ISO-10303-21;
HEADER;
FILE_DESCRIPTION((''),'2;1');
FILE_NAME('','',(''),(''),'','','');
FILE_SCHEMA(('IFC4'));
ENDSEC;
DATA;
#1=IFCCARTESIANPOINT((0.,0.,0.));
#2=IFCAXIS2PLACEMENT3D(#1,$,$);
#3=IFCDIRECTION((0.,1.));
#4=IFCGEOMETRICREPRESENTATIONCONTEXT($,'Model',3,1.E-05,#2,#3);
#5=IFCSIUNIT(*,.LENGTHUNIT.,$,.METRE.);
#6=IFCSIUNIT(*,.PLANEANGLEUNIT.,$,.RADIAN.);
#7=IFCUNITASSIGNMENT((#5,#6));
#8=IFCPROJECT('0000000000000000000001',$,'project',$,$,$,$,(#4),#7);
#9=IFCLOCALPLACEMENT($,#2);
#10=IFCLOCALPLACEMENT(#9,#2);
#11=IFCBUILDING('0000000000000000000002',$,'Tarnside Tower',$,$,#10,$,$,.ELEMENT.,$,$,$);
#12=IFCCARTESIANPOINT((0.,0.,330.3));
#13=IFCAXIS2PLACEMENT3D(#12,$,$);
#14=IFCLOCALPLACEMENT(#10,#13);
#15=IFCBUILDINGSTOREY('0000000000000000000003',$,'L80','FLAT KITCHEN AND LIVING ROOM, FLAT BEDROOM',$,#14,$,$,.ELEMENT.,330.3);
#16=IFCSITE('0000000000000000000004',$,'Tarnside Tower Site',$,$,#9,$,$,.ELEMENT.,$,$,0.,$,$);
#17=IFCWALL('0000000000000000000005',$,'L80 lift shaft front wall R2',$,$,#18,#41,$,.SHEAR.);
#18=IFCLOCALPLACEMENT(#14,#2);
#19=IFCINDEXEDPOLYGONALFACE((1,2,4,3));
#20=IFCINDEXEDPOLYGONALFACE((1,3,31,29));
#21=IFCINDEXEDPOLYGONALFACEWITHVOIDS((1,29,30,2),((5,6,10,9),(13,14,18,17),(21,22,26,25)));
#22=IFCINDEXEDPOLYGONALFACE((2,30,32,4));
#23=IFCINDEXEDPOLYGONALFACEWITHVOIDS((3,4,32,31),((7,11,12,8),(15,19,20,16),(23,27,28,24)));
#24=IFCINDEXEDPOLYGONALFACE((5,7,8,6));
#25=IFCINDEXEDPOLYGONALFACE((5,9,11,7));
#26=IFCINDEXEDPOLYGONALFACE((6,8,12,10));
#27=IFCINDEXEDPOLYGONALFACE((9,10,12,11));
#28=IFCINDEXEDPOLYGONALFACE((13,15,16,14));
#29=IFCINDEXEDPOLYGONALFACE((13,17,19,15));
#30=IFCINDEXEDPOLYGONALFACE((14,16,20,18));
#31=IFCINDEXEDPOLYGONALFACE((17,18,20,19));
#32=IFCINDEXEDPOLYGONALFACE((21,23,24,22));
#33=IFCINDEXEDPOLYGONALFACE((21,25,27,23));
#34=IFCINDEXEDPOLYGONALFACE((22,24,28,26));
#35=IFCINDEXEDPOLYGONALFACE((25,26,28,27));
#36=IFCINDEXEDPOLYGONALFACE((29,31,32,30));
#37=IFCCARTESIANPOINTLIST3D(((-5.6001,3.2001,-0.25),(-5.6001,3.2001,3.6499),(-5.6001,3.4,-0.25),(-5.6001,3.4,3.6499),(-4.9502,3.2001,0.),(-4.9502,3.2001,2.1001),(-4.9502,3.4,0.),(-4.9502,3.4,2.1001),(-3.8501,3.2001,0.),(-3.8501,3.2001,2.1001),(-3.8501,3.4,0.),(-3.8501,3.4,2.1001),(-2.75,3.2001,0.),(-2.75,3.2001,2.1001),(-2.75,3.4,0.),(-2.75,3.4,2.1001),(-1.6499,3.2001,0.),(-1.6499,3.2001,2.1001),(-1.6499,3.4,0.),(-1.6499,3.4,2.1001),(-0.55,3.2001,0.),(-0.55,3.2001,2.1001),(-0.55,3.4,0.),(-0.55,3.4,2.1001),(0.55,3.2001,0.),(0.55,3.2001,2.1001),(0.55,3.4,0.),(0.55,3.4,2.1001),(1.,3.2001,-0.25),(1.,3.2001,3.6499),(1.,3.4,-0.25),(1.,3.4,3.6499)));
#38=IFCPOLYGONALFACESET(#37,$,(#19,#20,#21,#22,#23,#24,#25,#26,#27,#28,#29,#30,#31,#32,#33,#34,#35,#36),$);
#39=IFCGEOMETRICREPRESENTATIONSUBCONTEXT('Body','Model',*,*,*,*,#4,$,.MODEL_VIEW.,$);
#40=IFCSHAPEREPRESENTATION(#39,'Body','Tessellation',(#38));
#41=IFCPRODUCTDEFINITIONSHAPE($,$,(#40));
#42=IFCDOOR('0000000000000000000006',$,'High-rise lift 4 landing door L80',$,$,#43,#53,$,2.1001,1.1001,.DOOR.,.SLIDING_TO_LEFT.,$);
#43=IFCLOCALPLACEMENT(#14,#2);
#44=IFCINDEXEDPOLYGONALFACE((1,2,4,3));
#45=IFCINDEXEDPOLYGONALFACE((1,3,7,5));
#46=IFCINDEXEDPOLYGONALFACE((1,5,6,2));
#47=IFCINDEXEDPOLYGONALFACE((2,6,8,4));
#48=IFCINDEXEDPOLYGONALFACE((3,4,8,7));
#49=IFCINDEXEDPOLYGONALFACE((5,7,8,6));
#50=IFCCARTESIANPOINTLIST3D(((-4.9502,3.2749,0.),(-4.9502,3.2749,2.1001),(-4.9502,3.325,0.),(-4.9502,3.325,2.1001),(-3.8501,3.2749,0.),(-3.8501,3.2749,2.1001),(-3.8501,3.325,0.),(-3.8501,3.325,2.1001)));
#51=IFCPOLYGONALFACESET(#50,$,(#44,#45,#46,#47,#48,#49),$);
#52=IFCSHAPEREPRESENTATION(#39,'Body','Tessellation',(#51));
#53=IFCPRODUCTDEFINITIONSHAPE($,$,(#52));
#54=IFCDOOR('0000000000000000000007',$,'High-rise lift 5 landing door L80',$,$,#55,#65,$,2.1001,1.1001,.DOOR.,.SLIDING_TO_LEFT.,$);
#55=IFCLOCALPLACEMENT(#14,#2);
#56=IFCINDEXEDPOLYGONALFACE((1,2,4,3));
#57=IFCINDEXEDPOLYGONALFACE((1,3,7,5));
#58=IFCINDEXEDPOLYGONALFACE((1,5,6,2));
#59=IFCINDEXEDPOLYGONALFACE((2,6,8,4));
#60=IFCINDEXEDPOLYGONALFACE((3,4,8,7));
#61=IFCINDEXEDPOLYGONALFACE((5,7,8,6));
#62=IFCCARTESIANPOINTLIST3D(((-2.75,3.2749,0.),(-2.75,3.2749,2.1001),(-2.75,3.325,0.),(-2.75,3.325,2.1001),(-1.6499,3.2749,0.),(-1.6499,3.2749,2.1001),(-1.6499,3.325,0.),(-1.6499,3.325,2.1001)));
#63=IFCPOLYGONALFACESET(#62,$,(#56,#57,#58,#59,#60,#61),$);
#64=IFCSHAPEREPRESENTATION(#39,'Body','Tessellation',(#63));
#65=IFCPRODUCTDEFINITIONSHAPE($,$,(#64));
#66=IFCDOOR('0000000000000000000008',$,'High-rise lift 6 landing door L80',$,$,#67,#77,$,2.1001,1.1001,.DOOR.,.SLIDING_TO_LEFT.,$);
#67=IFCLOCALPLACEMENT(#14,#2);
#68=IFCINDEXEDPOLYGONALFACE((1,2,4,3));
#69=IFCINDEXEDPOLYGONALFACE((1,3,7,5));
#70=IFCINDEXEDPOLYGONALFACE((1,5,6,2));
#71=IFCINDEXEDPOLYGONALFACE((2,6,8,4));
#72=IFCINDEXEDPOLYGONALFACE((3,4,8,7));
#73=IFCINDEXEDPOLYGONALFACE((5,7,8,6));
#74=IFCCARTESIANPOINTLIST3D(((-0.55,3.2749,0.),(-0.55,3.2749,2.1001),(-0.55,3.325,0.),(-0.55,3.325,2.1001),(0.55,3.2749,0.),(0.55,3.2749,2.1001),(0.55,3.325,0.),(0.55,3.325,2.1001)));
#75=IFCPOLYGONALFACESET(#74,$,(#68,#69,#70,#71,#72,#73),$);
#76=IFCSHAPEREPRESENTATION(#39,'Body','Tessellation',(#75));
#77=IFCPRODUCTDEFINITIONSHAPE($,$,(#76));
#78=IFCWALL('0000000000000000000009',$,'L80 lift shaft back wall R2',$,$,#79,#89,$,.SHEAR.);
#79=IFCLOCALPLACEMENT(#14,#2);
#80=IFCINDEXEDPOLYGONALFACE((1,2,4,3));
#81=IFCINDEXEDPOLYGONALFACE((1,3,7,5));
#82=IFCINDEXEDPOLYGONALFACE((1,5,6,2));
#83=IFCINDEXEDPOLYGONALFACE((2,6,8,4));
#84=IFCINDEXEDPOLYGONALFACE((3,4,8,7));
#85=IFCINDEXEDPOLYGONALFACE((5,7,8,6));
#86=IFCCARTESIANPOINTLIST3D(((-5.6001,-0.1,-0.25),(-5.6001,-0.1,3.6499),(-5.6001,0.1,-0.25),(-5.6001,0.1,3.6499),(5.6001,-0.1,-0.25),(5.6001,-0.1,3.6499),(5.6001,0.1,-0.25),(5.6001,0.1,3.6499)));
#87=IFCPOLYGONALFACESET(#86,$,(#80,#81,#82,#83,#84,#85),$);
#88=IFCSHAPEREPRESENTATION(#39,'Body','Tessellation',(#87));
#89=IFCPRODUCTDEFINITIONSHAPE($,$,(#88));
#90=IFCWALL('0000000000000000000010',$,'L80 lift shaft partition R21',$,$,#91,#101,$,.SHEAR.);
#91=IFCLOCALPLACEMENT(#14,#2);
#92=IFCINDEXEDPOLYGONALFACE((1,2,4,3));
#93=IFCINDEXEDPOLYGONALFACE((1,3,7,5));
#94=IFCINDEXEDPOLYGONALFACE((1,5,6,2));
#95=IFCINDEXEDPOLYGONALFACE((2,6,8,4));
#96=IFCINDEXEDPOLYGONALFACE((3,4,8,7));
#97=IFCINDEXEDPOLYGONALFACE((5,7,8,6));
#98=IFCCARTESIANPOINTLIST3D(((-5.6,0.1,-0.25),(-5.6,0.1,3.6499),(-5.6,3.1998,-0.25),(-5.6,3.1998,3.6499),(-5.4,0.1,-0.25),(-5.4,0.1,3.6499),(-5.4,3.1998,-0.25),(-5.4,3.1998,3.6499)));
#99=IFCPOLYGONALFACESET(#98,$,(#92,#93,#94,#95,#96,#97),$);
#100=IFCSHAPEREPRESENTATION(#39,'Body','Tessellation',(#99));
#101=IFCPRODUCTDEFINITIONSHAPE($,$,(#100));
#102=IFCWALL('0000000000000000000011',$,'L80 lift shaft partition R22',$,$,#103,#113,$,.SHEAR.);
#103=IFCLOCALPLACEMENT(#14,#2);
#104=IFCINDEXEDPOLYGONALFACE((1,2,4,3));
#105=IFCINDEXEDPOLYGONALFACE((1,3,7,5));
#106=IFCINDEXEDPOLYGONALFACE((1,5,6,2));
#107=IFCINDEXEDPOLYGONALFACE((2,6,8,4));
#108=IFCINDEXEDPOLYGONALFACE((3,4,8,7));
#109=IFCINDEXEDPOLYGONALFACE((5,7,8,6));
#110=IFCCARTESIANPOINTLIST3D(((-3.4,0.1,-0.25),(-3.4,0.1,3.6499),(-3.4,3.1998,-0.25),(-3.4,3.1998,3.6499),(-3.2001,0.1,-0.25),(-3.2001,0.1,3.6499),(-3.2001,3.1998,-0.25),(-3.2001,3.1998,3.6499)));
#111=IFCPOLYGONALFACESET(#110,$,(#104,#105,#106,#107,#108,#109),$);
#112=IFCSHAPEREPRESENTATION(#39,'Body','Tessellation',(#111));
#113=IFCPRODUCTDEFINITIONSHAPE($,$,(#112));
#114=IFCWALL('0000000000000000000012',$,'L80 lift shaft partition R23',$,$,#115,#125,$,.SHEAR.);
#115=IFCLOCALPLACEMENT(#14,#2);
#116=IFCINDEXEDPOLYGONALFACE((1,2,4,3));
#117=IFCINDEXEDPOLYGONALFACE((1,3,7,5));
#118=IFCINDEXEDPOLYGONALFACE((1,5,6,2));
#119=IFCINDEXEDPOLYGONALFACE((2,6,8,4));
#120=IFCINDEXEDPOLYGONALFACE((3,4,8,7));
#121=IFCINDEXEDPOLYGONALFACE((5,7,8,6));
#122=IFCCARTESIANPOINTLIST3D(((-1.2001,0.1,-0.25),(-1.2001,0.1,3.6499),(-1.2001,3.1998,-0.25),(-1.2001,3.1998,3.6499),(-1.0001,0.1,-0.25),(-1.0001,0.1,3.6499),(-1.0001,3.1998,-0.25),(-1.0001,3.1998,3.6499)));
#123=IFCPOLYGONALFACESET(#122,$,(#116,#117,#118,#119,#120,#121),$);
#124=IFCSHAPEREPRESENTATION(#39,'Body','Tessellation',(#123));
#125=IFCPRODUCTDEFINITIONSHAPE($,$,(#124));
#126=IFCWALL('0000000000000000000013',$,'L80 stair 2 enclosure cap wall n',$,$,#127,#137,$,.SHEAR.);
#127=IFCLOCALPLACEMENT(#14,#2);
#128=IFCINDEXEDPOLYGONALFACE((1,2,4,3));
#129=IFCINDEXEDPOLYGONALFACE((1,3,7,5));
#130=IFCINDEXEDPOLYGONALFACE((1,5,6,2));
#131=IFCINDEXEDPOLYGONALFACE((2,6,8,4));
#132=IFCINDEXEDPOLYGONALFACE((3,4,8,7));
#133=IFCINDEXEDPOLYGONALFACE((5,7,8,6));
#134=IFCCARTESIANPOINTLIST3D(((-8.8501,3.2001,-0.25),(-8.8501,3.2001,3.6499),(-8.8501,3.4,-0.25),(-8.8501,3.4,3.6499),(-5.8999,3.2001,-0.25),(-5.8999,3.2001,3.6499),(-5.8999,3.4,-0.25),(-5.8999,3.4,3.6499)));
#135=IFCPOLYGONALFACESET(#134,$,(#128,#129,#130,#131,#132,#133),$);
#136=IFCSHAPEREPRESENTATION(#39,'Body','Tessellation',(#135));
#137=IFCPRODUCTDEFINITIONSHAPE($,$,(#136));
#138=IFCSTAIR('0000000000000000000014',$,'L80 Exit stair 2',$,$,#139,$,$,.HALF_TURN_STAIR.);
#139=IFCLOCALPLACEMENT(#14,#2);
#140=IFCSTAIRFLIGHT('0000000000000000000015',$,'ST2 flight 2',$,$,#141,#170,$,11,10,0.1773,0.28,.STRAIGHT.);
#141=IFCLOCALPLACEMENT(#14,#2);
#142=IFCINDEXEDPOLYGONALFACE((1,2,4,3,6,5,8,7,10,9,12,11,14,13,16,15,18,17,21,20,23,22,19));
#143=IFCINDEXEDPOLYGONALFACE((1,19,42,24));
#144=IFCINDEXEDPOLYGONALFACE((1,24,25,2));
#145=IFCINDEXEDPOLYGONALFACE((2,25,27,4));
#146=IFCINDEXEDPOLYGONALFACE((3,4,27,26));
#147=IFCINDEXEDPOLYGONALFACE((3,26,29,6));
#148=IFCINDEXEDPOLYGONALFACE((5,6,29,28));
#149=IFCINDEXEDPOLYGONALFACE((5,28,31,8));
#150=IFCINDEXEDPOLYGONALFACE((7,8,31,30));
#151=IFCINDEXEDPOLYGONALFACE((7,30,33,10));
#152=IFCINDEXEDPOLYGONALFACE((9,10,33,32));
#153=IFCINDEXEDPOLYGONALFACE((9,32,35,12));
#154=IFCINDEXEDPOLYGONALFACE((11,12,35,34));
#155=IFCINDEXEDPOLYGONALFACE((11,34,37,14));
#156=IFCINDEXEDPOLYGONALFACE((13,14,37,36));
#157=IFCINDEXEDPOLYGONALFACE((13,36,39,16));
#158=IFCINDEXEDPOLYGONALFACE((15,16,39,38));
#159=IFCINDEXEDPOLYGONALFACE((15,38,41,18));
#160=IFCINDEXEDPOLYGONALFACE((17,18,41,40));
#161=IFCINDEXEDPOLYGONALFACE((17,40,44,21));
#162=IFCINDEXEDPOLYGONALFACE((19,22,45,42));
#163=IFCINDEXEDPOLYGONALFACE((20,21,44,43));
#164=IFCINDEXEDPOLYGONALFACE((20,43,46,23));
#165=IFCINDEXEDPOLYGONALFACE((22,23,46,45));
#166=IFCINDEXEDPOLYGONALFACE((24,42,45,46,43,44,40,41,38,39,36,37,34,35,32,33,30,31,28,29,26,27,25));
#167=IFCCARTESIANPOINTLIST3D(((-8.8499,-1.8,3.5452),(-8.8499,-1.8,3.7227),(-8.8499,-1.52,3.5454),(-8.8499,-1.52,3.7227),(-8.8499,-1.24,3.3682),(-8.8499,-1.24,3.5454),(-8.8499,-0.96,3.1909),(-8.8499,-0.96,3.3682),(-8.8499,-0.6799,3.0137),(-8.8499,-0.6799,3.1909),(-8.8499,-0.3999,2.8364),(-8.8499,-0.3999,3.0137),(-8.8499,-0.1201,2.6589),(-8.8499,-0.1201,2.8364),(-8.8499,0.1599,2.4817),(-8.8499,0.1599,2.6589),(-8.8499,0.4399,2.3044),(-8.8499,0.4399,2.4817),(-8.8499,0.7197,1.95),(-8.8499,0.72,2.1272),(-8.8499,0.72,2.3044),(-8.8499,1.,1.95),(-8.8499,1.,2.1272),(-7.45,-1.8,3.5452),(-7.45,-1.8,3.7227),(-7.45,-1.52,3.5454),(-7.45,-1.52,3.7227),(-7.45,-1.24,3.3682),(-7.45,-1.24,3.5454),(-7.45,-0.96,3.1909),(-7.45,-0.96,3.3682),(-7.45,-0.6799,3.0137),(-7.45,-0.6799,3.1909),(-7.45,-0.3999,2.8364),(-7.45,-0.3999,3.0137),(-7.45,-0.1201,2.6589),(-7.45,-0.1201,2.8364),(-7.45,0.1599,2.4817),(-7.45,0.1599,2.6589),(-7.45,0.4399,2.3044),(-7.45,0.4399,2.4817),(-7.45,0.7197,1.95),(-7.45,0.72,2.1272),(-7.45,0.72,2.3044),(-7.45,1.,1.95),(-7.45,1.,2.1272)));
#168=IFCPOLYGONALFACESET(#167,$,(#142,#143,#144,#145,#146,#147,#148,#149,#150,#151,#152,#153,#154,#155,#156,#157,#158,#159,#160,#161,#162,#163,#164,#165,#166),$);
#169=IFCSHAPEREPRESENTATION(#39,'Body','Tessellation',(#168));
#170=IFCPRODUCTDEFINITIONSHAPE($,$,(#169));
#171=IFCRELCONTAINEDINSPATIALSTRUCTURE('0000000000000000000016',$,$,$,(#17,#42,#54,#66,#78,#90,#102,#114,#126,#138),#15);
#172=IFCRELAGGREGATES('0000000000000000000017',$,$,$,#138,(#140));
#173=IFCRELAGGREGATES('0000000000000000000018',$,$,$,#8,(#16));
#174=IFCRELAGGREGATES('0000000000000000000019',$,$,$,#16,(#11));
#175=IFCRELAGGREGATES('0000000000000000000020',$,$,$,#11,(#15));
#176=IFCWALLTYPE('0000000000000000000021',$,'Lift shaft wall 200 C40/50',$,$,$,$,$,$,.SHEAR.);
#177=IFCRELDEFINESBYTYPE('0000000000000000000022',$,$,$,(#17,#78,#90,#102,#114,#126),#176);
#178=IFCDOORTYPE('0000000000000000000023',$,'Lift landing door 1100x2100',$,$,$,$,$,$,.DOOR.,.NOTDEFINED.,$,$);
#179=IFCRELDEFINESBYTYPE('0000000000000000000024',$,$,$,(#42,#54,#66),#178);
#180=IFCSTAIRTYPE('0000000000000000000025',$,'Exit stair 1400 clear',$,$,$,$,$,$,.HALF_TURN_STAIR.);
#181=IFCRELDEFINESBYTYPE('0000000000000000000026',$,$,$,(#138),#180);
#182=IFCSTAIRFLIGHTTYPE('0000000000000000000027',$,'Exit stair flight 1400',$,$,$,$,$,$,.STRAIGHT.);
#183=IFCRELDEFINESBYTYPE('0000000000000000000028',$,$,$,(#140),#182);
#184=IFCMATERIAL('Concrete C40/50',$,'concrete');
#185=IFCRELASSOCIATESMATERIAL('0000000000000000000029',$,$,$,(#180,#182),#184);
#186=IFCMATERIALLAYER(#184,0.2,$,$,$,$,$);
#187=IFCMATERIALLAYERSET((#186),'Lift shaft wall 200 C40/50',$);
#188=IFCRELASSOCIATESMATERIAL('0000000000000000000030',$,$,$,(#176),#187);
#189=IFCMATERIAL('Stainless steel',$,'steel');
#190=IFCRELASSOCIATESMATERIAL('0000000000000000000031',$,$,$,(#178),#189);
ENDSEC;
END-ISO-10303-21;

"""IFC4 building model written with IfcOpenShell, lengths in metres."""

from ifc_helpers import new_model, si_unit, direction, frame, frame_2d, origin, place, context, subcontext, project, spatial, polyline, rectangle, outline, extrude, material, layer, layer_set, type_object, element, fill, aggregate, save


model = new_model("IFC4")

# Units and contexts
model_context = context("Model", 3, precision=1e-05, world=origin(), true_north=direction((0.0, 1.0)))
body_context = subcontext(model_context, "Body", "Model", "MODEL_VIEW")
ifc_project = project(units=[si_unit("LENGTHUNIT", "METRE"), si_unit("PLANEANGLEUNIT", "RADIAN")], contexts=[model_context])

# Site, building, storey
site_placement = place(None, origin())
site = spatial("IfcSite", under=ifc_project, at=site_placement, Name="Tarnside Tower Site", CompositionType="ELEMENT", RefElevation=0.0)
building_placement = place(site_placement, origin())
building = spatial("IfcBuilding", under=site, at=building_placement, Name="Tarnside Tower", CompositionType="ELEMENT")
storey_placement = place(building_placement, frame((0.0, 0.0, 330.3)))
storey = spatial("IfcBuildingStorey", under=building, at=storey_placement, Name="L80", Description="FLAT KITCHEN AND LIVING ROOM, FLAT BEDROOM", CompositionType="ELEMENT", Elevation=330.3)

# Shared definitions
ifc_material_1 = material(Name="Concrete C40/50", Category="concrete")
stair_type = type_object("IfcStairType", Name="Exit stair 1400 clear", PredefinedType="HALF_TURN_STAIR", material=ifc_material_1)

# Shared definitions
ifc_layer_1 = layer(ifc_material_1, 0.2)
ifc_layer_set_1 = layer_set([ifc_layer_1], Name="Lift shaft wall 200 C40/50")
wall_type_1 = type_object("IfcWallType", Name="Lift shaft wall 200 C40/50", PredefinedType="SHEAR", material=ifc_layer_set_1)
ifc_material_2 = material(Name="Stainless steel", Category="steel")
door_type_1 = type_object("IfcDoorType", Name="Lift landing door 1100x2100", OperationType="NOTDEFINED", PredefinedType="DOOR", material=ifc_material_2)

# Wall, openings, doors
wall_1_placement = place(storey_placement, frame((-5.6001, 3.3, -0.25), z_axis=(0.0, 0.0, 1.0), x_axis=(1.0, 0.0, 0.0)))
wall_1 = element("IfcWall", 1, at=wall_1_placement, inside=storey, type_object=wall_type_1, Name="L80 lift shaft front wall R2", PredefinedType="SHEAR", context=body_context, shape_type="SweptSolid", body=[
    extrude(rectangle(XDim=6.6001, YDim=0.2, at=frame_2d((3.3, 0.0))), origin(), (0.0, 0.0, 1.0), 3.8999),
])
opening_1_placement = place(wall_1_placement, frame((0.6499, 0.0, 0.25)))
opening_1 = element("IfcOpeningElement", 2, at=opening_1_placement, cuts=wall_1, PredefinedType="OPENING", context=body_context, shape_type="SweptSolid", body=[
    extrude(rectangle(XDim=1.1001, YDim=2.1001, at=frame_2d((0.55, 1.05))), frame((0.0, 0.1099, 0.0), z_axis=(0.0, -1.0, 0.0), x_axis=(1.0, 0.0, 0.0)), (0.0, 0.0, 1.0), 0.22),
])
opening_2_placement = place(wall_1_placement, frame((2.8501, 0.0, 0.25)))
opening_2 = element("IfcOpeningElement", 3, at=opening_2_placement, cuts=wall_1, PredefinedType="OPENING", context=body_context, shape_type="SweptSolid", body=[
    extrude(rectangle(XDim=1.1001, YDim=2.1001, at=frame_2d((0.55, 1.05))), frame((0.0, 0.1099, 0.0), z_axis=(0.0, -1.0, 0.0), x_axis=(1.0, 0.0, 0.0)), (0.0, 0.0, 1.0), 0.22),
])
opening_3_placement = place(wall_1_placement, frame((5.05, 0.0, 0.25)))
opening_3 = element("IfcOpeningElement", 4, at=opening_3_placement, cuts=wall_1, PredefinedType="OPENING", context=body_context, shape_type="SweptSolid", body=[
    extrude(rectangle(XDim=1.1001, YDim=2.1001, at=frame_2d((0.55, 1.05))), frame((0.0, 0.1099, 0.0), z_axis=(0.0, -1.0, 0.0), x_axis=(1.0, 0.0, 0.0)), (0.0, 0.0, 1.0), 0.22),
])
door_1_placement = place(opening_1_placement, origin())
door_1 = element("IfcDoor", 5, at=door_1_placement, inside=storey, type_object=door_type_1, Name="High-rise lift 4 landing door L80", OperationType="SLIDING_TO_LEFT", OverallHeight=2.1001, OverallWidth=1.1001, PredefinedType="DOOR", context=body_context, shape_type="SweptSolid", body=[
    extrude(rectangle(XDim=1.1001, YDim=2.1001, at=frame_2d((0.55, 1.05))), frame((0.0, 0.0249, 0.0), z_axis=(0.0, -1.0, 0.0), x_axis=(1.0, 0.0, 0.0)), (0.0, 0.0, 1.0), 0.05),
])
fill(opening_1, door_1)
door_2_placement = place(opening_2_placement, origin())
door_2 = element("IfcDoor", 6, at=door_2_placement, inside=storey, type_object=door_type_1, Name="High-rise lift 5 landing door L80", OperationType="SLIDING_TO_LEFT", OverallHeight=2.1001, OverallWidth=1.1001, PredefinedType="DOOR", context=body_context, shape_type="SweptSolid", body=[
    extrude(rectangle(XDim=1.1001, YDim=2.1001, at=frame_2d((0.55, 1.05))), frame((0.0, 0.0249, 0.0), z_axis=(0.0, -1.0, 0.0), x_axis=(1.0, 0.0, 0.0)), (0.0, 0.0, 1.0), 0.05),
])
fill(opening_2, door_2)
door_3_placement = place(opening_3_placement, origin())
door_3 = element("IfcDoor", 7, at=door_3_placement, inside=storey, type_object=door_type_1, Name="High-rise lift 6 landing door L80", OperationType="SLIDING_TO_LEFT", OverallHeight=2.1001, OverallWidth=1.1001, PredefinedType="DOOR", context=body_context, shape_type="SweptSolid", body=[
    extrude(rectangle(XDim=1.1001, YDim=2.1001, at=frame_2d((0.55, 1.05))), frame((0.0, 0.0249, 0.0), z_axis=(0.0, -1.0, 0.0), x_axis=(1.0, 0.0, 0.0)), (0.0, 0.0, 1.0), 0.05),
])
fill(opening_3, door_3)

# Walls
wall_2_placement = place(storey_placement, frame((-5.6001, 0.0, -0.25), z_axis=(0.0, 0.0, 1.0), x_axis=(1.0, 0.0, 0.0)))
element("IfcWall", 8, at=wall_2_placement, inside=storey, type_object=wall_type_1, Name="L80 lift shaft back wall R2", PredefinedType="SHEAR", context=body_context, shape_type="SweptSolid", body=[
    extrude(rectangle(XDim=11.2002, YDim=0.2, at=frame_2d((5.6001, 0.0))), origin(), (0.0, 0.0, 1.0), 3.8999),
])
for number, where, z_axis, x_axis, name in (
    (9, (-5.5, 0.1001, -0.25), (0.0, 0.0, 1.0), (0.0, 1.0, 0.0), "L80 lift shaft partition R21"),
    (10, (-3.3, 0.1001, -0.25), (0.0, 0.0, 1.0), (0.0, 1.0, 0.0), "L80 lift shaft partition R22"),
    (11, (-1.1001, 0.1001, -0.25), (0.0, 0.0, 1.0), (0.0, 1.0, 0.0), "L80 lift shaft partition R23"),
):
    element("IfcWall", number, at=place(storey_placement, frame(where, z_axis=z_axis, x_axis=x_axis)), inside=storey, type_object=wall_type_1, Name=name, PredefinedType="SHEAR", context=body_context, shape_type="SweptSolid", body=[
        extrude(rectangle(XDim=3.0999, YDim=0.2, at=frame_2d((1.5498, 0.0))), origin(), (0.0, 0.0, 1.0), 3.8999),
    ])
wall_3_placement = place(storey_placement, frame((-8.8501, 3.3, -0.25), z_axis=(0.0, 0.0, 1.0), x_axis=(1.0, 0.0, 0.0)))
element("IfcWall", 12, at=wall_3_placement, inside=storey, type_object=wall_type_1, Name="L80 stair 2 enclosure cap wall n", PredefinedType="SHEAR", context=body_context, shape_type="SweptSolid", body=[
    extrude(rectangle(XDim=2.9502, YDim=0.2, at=frame_2d((1.4751, 0.0))), origin(), (0.0, 0.0, 1.0), 3.8999),
])

# Stair, stair flight
stair_1_placement = place(storey_placement, origin())
stair_1 = element("IfcStair", 13, at=stair_1_placement, inside=storey, type_object=stair_type, Name="L80 Exit stair 2", PredefinedType="HALF_TURN_STAIR")
stair_flight_type = type_object("IfcStairFlightType", Name="Exit stair flight 1400", PredefinedType="STRAIGHT", material=ifc_material_1)
stair_flight_placement = place(storey_placement, frame((-8.1499, 1.0, 1.95), z_axis=(0.0, 0.0, 1.0), x_axis=(0.0, -1.0, 0.0)))
stair_flight = element("IfcStairFlight", 14, at=stair_flight_placement, type_object=stair_flight_type, Name="ST2 flight 2", NumberOfRisers=11, NumberOfTreads=10, PredefinedType="STRAIGHT", RiserHeight=0.1773, TreadLength=0.28, context=body_context, shape_type="SweptSolid", body=[
    extrude(outline(polyline([(0.0, 0.0), (0.0, 0.1772), (0.28, 0.1772), (0.28, 0.3545), (0.5601, 0.3545), (0.5601, 0.5317), (0.8401, 0.5317), (0.8401, 0.709), (1.1201, 0.709), (1.1201, 0.8865), (1.3999, 0.8865), (1.3999, 1.0637), (1.6799, 1.0637), (1.6799, 1.241), (1.96, 1.241), (1.96, 1.4182), (2.24, 1.4182), (2.24, 1.5955), (2.52, 1.5955), (2.52, 1.7727), (2.8, 1.7727), (2.8, 1.95), (2.8, 1.5952), (0.2803, 0.0), (0.0, 0.0)])), frame((0.0, 0.7, 0.0), z_axis=(0.0, -1.0, 0.0), x_axis=(1.0, 0.0, 0.0)), (0.0, 0.0, 1.0), 1.3999),
])
aggregate(stair_1, [stair_flight])

save(model, "model.ifc")
